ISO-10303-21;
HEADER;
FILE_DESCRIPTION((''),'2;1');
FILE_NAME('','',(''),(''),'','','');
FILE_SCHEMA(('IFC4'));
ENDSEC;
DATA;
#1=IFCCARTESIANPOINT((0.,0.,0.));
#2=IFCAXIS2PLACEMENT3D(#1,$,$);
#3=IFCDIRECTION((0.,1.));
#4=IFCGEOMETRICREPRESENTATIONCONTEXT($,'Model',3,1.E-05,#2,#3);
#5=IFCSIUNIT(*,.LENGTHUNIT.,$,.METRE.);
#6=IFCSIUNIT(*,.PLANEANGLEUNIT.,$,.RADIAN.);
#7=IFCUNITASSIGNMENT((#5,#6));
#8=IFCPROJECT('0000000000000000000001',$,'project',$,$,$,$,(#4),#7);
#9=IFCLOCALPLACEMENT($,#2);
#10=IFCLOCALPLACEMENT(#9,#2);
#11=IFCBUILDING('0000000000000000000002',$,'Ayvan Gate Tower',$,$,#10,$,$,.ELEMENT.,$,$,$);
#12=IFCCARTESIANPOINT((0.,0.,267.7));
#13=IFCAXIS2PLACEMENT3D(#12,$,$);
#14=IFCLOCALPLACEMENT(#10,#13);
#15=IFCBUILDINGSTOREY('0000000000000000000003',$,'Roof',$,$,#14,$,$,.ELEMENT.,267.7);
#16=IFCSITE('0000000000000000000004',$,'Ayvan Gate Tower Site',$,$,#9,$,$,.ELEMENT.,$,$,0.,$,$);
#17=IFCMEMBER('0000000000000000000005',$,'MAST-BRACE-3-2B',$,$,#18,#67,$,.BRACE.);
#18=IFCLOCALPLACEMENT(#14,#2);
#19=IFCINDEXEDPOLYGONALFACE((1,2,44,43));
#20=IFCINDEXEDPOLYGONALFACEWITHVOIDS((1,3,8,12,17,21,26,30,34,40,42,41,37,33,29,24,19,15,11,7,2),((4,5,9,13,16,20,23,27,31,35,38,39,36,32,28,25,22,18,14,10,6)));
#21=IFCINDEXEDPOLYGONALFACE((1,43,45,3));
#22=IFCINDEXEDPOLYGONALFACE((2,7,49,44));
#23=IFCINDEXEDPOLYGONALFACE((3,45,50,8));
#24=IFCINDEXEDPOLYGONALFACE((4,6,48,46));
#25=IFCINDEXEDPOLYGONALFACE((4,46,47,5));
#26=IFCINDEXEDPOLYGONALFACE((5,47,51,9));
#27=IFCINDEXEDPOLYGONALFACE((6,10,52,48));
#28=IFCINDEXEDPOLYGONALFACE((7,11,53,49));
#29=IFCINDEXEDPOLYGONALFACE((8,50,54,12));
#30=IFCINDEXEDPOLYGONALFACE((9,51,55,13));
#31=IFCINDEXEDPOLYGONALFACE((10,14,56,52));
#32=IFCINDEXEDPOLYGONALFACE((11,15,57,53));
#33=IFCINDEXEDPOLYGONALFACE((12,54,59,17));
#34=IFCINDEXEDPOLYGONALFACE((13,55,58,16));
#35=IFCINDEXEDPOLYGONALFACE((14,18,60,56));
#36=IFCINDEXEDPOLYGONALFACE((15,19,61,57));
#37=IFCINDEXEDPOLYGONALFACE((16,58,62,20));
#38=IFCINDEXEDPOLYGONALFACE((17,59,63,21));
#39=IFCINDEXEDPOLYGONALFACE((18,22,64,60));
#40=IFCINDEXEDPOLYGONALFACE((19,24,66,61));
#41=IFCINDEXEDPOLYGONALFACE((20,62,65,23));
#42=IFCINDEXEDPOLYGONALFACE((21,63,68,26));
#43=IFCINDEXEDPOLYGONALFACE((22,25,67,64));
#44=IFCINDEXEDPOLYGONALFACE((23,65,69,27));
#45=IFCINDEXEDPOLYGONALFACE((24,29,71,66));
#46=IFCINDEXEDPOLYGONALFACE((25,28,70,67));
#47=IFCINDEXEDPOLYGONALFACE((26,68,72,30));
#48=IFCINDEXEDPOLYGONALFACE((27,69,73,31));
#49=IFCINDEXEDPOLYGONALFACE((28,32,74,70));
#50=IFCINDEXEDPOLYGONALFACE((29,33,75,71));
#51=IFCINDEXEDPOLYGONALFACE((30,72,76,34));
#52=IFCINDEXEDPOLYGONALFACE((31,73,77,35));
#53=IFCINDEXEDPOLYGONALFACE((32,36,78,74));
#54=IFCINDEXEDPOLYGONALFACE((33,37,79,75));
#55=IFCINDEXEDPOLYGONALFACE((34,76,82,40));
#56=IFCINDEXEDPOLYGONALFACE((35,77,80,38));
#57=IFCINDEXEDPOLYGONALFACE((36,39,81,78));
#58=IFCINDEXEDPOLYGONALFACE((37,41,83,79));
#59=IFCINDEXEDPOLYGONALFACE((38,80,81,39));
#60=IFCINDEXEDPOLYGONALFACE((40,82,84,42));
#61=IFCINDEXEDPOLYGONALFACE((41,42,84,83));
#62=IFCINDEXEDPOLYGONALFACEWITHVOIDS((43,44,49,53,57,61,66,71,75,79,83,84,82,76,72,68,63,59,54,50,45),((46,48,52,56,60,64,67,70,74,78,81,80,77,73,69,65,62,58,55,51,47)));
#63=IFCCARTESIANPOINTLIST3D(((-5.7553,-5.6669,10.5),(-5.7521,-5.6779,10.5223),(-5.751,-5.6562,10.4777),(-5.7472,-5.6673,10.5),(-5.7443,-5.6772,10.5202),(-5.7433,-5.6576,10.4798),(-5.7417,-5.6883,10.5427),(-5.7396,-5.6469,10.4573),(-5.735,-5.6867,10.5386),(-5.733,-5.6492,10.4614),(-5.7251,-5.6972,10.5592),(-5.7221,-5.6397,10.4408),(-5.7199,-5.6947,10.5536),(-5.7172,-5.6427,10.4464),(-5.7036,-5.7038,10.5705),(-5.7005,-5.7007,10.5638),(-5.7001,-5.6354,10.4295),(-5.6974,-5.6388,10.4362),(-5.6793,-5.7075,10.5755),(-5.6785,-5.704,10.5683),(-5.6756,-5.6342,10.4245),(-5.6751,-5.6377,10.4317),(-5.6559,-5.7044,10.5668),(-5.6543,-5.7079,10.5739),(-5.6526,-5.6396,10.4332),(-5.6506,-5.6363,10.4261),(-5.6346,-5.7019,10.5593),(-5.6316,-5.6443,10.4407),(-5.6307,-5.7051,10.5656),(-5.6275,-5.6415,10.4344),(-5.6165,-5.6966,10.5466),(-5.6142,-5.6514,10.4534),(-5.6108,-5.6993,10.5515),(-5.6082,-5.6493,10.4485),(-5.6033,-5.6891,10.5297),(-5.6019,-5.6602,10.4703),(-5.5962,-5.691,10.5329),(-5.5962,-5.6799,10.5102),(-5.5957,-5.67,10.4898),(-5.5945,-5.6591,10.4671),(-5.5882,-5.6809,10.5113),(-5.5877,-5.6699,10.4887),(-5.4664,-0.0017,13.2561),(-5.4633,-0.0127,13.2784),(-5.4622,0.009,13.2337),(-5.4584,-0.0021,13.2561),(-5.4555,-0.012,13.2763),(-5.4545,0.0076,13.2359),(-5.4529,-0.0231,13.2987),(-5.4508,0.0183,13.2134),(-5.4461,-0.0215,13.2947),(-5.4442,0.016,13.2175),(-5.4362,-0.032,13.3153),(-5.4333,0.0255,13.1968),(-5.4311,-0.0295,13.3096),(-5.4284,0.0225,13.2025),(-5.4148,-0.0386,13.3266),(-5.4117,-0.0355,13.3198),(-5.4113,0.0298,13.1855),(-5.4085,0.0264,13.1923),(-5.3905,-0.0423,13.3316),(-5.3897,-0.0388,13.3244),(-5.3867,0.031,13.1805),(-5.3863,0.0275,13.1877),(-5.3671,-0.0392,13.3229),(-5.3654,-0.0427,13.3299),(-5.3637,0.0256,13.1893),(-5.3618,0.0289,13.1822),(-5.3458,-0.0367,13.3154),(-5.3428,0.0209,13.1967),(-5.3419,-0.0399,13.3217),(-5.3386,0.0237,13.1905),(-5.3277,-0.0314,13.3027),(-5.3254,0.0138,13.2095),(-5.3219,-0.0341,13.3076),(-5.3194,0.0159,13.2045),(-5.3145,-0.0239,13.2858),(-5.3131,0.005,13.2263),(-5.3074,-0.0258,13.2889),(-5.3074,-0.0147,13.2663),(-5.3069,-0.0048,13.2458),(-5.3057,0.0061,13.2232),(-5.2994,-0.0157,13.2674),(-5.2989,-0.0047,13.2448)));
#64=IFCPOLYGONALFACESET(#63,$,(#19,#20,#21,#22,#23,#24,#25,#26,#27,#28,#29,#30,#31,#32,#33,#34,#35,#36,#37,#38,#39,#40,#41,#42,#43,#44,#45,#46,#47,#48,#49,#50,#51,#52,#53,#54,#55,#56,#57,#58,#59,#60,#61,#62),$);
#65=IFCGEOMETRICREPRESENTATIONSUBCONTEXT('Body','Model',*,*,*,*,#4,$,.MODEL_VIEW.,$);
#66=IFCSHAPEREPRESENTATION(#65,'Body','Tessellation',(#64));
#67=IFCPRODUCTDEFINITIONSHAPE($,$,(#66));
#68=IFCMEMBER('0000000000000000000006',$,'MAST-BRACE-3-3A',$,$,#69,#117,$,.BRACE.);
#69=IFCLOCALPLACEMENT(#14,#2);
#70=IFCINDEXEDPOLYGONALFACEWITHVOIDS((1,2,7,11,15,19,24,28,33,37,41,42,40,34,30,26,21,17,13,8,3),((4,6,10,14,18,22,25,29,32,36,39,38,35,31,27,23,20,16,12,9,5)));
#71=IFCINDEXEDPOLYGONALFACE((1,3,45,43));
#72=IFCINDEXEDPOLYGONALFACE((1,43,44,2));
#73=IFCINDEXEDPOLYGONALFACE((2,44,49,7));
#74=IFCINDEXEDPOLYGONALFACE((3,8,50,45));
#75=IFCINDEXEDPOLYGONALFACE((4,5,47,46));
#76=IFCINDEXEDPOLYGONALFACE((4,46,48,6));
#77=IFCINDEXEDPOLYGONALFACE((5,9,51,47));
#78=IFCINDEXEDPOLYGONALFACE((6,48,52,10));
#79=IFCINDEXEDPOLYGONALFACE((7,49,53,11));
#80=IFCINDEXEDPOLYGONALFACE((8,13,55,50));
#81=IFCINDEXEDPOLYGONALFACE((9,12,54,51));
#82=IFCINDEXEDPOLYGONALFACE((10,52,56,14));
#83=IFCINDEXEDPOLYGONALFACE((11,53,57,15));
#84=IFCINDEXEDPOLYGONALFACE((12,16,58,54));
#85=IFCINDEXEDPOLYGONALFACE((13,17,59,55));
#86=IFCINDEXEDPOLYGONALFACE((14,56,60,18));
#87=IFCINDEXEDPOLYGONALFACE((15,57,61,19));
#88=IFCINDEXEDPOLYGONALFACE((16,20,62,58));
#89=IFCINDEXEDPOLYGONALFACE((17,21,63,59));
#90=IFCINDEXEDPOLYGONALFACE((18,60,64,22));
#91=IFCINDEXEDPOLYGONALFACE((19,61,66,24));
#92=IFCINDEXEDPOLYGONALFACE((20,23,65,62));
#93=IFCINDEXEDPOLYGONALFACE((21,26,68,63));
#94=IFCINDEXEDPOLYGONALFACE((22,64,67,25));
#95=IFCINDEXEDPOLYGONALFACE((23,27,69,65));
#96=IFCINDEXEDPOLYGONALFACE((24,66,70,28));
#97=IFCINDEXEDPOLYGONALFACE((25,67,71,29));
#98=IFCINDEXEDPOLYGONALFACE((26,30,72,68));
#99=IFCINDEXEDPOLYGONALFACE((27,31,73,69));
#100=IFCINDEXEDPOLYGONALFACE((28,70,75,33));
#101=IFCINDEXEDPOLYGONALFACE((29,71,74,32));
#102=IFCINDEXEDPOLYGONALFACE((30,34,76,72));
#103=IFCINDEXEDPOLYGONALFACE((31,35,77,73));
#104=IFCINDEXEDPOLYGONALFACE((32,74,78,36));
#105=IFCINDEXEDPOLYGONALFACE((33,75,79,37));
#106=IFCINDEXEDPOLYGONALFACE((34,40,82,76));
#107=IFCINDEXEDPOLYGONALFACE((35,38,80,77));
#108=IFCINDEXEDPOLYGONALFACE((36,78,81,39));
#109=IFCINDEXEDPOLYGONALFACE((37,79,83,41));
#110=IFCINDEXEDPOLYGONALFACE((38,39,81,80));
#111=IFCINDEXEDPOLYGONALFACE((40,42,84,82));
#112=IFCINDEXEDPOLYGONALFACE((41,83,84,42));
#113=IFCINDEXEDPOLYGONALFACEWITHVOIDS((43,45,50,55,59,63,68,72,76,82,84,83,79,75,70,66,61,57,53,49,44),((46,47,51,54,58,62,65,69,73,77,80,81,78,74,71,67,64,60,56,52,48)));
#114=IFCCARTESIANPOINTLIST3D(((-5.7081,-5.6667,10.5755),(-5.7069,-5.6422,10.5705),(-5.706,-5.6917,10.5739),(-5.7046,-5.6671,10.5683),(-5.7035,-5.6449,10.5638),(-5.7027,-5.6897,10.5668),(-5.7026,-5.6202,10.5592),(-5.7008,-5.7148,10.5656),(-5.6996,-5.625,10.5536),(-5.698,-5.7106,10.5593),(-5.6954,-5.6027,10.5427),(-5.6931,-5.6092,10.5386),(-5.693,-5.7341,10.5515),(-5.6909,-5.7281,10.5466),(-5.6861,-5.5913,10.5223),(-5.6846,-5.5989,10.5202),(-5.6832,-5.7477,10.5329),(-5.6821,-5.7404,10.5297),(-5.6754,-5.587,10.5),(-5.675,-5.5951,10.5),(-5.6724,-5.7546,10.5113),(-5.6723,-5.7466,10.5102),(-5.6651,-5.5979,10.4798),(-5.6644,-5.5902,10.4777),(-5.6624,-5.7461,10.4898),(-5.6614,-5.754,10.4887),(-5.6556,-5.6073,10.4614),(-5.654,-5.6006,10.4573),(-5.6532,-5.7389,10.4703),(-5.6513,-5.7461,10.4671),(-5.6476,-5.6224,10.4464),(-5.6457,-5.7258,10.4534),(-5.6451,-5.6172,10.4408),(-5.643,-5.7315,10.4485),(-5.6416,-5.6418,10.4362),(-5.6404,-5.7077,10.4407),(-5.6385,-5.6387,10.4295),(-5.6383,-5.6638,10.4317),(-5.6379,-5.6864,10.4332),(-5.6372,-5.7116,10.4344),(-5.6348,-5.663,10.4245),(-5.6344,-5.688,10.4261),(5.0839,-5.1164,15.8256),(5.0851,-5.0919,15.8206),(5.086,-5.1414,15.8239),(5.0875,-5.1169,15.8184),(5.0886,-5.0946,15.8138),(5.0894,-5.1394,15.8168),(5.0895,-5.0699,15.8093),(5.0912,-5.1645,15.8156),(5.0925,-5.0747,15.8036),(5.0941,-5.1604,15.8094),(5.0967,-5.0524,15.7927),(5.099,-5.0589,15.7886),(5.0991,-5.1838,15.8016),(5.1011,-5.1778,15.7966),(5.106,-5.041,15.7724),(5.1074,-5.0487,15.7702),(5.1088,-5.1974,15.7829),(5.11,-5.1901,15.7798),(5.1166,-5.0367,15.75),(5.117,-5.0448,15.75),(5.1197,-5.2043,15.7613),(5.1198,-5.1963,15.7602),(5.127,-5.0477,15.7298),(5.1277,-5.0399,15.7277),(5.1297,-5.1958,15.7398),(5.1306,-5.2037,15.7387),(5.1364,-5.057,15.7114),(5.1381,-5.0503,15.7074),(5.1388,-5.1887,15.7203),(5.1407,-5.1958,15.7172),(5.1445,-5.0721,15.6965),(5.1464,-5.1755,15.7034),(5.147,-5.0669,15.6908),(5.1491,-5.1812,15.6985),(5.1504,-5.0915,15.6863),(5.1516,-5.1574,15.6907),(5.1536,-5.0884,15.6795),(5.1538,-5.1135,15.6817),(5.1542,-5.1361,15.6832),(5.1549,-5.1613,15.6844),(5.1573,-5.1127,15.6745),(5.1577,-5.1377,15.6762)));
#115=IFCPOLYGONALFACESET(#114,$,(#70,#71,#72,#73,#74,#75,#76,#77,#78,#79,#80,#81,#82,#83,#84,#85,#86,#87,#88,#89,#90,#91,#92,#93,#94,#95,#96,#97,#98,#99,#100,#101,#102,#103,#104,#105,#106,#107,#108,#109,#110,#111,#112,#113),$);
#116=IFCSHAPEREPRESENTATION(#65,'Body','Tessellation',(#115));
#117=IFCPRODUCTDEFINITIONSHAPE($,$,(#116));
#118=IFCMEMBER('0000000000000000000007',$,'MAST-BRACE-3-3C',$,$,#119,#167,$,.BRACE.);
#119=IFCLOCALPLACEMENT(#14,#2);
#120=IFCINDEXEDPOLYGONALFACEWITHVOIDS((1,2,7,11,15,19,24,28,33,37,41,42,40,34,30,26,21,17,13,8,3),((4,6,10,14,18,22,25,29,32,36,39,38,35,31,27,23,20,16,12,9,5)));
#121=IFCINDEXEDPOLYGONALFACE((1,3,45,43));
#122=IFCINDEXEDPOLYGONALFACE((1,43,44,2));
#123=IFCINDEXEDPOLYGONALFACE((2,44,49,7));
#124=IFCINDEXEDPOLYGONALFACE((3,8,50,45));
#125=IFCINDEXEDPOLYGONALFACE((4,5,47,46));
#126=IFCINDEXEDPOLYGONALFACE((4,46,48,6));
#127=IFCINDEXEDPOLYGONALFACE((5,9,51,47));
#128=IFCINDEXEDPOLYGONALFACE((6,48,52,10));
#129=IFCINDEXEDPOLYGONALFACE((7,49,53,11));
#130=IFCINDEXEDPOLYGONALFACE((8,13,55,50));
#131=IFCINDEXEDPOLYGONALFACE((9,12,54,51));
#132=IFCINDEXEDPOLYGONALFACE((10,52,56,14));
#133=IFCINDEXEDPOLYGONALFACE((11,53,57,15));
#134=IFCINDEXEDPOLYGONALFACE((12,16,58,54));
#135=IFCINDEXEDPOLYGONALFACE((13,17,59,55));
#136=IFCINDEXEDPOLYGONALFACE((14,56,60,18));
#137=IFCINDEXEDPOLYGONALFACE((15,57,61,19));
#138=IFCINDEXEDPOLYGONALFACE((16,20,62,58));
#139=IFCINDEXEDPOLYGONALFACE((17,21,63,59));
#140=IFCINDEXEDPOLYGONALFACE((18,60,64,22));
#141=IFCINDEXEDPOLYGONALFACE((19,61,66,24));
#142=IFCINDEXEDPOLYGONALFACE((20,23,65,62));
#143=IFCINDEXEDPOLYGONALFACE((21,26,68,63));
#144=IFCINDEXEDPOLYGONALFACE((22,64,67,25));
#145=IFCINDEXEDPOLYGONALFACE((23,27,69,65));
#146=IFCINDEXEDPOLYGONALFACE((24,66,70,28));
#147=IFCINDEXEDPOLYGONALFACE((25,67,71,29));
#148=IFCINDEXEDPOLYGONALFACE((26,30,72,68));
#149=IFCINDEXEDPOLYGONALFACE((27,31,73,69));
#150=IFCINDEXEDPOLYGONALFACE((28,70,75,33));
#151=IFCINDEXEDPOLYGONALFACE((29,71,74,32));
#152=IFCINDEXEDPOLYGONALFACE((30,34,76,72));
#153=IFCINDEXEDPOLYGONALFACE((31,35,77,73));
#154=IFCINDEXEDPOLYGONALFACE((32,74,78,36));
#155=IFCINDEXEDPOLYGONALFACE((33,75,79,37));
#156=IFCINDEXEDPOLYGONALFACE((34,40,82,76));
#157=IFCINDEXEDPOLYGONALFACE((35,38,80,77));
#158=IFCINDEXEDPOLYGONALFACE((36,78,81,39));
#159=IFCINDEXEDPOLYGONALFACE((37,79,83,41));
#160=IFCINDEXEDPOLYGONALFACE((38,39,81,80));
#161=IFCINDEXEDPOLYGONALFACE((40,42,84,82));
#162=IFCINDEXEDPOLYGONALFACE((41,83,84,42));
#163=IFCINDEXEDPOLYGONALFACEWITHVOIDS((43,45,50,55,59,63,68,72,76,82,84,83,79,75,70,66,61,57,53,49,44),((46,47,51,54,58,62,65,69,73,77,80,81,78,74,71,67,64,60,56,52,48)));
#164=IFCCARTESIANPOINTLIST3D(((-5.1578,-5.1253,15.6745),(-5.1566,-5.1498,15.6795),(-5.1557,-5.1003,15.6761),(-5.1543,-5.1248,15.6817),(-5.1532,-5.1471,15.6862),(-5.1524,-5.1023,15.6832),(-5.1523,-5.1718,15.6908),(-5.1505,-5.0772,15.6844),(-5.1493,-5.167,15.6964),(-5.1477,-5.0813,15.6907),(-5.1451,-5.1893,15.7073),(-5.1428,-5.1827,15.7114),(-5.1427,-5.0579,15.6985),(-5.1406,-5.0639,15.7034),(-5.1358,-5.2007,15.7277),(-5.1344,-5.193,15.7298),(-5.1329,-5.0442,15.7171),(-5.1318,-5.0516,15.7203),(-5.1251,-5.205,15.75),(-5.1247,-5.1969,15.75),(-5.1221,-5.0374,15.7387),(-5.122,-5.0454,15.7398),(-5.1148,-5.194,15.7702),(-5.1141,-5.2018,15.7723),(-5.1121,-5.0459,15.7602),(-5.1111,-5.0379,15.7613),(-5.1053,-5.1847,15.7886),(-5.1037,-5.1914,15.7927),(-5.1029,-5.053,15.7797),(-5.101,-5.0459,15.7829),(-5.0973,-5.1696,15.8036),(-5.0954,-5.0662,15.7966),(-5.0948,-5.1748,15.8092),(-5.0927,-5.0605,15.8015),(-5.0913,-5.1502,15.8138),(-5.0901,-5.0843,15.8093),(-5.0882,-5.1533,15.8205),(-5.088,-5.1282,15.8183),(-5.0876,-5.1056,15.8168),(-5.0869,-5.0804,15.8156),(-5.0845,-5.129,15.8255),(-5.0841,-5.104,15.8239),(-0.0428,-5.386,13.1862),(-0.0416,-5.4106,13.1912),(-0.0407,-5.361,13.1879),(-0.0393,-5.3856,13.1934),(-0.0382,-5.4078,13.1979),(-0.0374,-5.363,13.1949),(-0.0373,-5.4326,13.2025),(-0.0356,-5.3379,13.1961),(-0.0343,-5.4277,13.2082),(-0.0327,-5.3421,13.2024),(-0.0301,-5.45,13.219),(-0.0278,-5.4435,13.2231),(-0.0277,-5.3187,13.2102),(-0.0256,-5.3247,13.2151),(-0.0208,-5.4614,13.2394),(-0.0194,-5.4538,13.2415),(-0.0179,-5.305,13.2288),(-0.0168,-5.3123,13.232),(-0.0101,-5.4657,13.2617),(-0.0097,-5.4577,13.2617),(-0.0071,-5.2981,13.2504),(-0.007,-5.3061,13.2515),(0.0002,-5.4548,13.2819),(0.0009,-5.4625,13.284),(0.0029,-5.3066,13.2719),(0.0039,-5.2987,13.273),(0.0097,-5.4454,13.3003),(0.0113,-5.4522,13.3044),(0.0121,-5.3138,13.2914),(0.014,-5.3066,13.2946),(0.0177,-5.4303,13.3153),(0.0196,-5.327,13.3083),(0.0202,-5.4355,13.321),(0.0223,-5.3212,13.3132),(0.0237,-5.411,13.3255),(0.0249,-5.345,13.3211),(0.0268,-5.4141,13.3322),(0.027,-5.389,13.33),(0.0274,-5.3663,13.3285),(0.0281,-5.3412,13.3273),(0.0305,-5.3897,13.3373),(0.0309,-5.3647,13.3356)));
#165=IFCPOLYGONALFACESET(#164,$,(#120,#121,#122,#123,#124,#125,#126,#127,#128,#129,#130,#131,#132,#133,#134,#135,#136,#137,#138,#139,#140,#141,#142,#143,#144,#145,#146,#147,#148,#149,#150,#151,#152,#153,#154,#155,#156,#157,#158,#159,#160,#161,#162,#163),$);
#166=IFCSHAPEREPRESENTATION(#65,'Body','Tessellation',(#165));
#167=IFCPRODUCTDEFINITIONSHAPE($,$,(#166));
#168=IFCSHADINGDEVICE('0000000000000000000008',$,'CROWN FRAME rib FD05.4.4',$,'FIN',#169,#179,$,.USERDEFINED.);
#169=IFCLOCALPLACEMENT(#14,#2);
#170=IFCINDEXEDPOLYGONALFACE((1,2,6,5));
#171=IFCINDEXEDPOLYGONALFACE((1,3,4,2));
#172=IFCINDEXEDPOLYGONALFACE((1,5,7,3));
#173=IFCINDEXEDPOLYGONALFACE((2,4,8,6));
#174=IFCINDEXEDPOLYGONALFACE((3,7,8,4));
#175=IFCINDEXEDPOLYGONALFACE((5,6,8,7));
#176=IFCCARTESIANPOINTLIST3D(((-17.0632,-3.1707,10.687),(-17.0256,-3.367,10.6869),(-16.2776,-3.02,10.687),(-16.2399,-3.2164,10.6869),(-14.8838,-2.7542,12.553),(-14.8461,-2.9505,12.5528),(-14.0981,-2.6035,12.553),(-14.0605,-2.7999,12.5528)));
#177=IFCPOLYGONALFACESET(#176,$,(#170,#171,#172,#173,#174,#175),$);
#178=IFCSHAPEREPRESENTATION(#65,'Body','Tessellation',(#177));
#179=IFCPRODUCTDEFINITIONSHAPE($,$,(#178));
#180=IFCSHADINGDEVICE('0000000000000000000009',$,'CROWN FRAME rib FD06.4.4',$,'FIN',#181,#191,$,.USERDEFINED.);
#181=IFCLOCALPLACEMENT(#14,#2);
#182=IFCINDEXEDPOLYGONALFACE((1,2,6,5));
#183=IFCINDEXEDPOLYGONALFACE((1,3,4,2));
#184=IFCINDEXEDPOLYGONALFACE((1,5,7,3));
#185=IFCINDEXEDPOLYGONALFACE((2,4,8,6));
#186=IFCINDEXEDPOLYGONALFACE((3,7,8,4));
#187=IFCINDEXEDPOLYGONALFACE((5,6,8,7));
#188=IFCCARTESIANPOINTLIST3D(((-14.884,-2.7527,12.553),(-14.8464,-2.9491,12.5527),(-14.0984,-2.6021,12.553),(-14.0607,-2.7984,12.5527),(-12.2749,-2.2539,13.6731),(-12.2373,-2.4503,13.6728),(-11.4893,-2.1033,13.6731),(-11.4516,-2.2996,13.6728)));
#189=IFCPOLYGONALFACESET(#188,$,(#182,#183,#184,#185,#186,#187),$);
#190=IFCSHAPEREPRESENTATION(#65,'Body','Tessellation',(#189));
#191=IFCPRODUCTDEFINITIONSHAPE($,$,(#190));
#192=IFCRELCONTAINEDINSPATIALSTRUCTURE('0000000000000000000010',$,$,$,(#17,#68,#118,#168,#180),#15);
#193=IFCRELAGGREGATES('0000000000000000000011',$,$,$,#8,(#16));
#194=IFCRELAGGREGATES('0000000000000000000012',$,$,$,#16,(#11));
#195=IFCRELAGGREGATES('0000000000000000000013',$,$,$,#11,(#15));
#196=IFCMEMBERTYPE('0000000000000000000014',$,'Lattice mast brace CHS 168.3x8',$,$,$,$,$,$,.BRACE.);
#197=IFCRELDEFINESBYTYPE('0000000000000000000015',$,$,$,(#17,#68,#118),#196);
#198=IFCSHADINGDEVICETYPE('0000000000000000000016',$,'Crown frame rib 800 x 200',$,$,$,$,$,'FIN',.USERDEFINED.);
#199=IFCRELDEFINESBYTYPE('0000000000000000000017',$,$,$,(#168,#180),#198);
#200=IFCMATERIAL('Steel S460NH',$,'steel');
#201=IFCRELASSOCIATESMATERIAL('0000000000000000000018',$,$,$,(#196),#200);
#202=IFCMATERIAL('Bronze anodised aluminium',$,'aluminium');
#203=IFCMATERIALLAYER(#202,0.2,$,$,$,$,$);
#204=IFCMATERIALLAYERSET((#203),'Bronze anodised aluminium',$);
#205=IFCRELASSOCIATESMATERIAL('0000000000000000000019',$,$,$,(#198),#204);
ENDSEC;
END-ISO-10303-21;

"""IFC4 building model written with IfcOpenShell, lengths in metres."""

from ifc_helpers import new_model, si_unit, direction, frame, origin, origin_2d, place, context, subcontext, project, spatial, polyline, hollow_circle, outline, extrude, material, layer, layer_set, material_profile, profile_set, type_object, element, save


model = new_model("IFC4")

# Units and contexts
model_context = context("Model", 3, precision=1e-05, world=origin(), true_north=direction((0.0, 1.0)))
body_context = subcontext(model_context, "Body", "Model", "MODEL_VIEW")
ifc_project = project(units=[si_unit("LENGTHUNIT", "METRE"), si_unit("PLANEANGLEUNIT", "RADIAN")], contexts=[model_context])

# Site, building, storey
site_placement = place(None, origin())
site = spatial("IfcSite", under=ifc_project, at=site_placement, Name="Ayvan Gate Tower Site", CompositionType="ELEMENT", RefElevation=0.0)
building_placement = place(site_placement, origin())
building = spatial("IfcBuilding", under=site, at=building_placement, Name="Ayvan Gate Tower", CompositionType="ELEMENT")
storey_placement = place(building_placement, frame((0.0, 0.0, 267.7)))
storey = spatial("IfcBuildingStorey", under=building, at=storey_placement, Name="Roof", CompositionType="ELEMENT", Elevation=267.7)

# Members
ifc_material_1 = material(Name="Steel S460NH", Category="steel")
ifc_material_profile = material_profile(ifc_material_1, hollow_circle(Radius=0.0842, WallThickness=0.0081, at=origin_2d()), Name="CHS 168.3x8")
ifc_profile_set = profile_set([ifc_material_profile], Name="Steel S460NH")
member_type = type_object("IfcMemberType", Name="Lattice mast brace CHS 168.3x8", PredefinedType="BRACE", material=ifc_profile_set)
member_1_placement = place(storey_placement, frame((-5.6711, -5.6711, 10.5), z_axis=(0.045795, 0.89829, 0.437009), x_axis=(-0.998703, 0.050914, 0.0)))
element("IfcMember", 1, at=member_1_placement, inside=storey, type_object=member_type, Name="MAST-BRACE-3-2B", PredefinedType="BRACE", context=body_context, shape_type="SweptSolid", body=[
    extrude(hollow_circle(Radius=0.0842, WallThickness=0.0081, at=origin_2d()), origin(), (0.0, 0.0, 1.0), 6.3066),
])
member_2_placement = place(storey_placement, frame((-5.6711, -5.6711, 10.5), z_axis=(0.898296, 0.045805, 0.436996), x_axis=(-0.050925, 0.998702, 0.0)))
element("IfcMember", 2, at=member_2_placement, inside=storey, type_object=member_type, Name="MAST-BRACE-3-3A", PredefinedType="BRACE", context=body_context, shape_type="SweptSolid", body=[
    extrude(hollow_circle(Radius=0.0842, WallThickness=0.0081, at=origin_2d()), origin(), (0.0, 0.0, 1.0), 12.0139),
])
member_3_placement = place(storey_placement, frame((-0.0059, -5.3816, 13.2617), z_axis=(-0.898298, 0.045792, 0.436994), x_axis=(-0.05091, -0.998703, 0.0)))
element("IfcMember", 3, at=member_3_placement, inside=storey, type_object=member_type, Name="MAST-BRACE-3-3C", PredefinedType="BRACE", context=body_context, shape_type="SweptSolid", body=[
    extrude(hollow_circle(Radius=0.0842, WallThickness=0.0081, at=origin_2d()), origin(), (0.0, 0.0, 1.0), 5.6941),
])

# Shading devices
ifc_material_2 = material(Name="Bronze anodised aluminium", Category="aluminium")
ifc_layer_1 = layer(ifc_material_2, 0.2)
ifc_layer_set_1 = layer_set([ifc_layer_1], Name="Bronze anodised aluminium")
shading_device_type = type_object("IfcShadingDeviceType", Name="Crown frame rib 800 x 200", ElementType="FIN", PredefinedType="USERDEFINED", material=ifc_layer_set_1)
shading_device_1_placement = place(storey_placement, frame((-16.2776, -3.02, 10.687), z_axis=(-0.188304, 0.982111, 0.000721), x_axis=(-0.982111, -0.188304, 0.0)))
element("IfcShadingDevice", 4, at=shading_device_1_placement, inside=storey, type_object=shading_device_type, Name="CROWN FRAME rib FD05.4.4", ObjectType="FIN", PredefinedType="USERDEFINED", context=body_context, shape_type="SweptSolid", body=[
    extrude(outline(polyline([(0.0, 0.0), (0.8, 0.0), (-1.4189, 1.866), (-2.2189, 1.866), (0.0, 0.0)])), origin(), (0.0, 0.0, -1.0), 0.2),
])
shading_device_2_placement = place(storey_placement, frame((-14.0984, -2.6021, 12.553), z_axis=(-0.188304, 0.98211, 0.001297), x_axis=(-0.982111, -0.188304, 0.0)))
element("IfcShadingDevice", 5, at=shading_device_2_placement, inside=storey, type_object=shading_device_type, Name="CROWN FRAME rib FD06.4.4", ObjectType="FIN", PredefinedType="USERDEFINED", context=body_context, shape_type="SweptSolid", body=[
    extrude(outline(polyline([(0.0, 0.0), (0.8, 0.0), (-1.8564, 1.1201), (-2.6564, 1.1201), (0.0, 0.0)])), origin(), (0.0, 0.0, -1.0), 0.2),
])

save(model, "model.ifc")
